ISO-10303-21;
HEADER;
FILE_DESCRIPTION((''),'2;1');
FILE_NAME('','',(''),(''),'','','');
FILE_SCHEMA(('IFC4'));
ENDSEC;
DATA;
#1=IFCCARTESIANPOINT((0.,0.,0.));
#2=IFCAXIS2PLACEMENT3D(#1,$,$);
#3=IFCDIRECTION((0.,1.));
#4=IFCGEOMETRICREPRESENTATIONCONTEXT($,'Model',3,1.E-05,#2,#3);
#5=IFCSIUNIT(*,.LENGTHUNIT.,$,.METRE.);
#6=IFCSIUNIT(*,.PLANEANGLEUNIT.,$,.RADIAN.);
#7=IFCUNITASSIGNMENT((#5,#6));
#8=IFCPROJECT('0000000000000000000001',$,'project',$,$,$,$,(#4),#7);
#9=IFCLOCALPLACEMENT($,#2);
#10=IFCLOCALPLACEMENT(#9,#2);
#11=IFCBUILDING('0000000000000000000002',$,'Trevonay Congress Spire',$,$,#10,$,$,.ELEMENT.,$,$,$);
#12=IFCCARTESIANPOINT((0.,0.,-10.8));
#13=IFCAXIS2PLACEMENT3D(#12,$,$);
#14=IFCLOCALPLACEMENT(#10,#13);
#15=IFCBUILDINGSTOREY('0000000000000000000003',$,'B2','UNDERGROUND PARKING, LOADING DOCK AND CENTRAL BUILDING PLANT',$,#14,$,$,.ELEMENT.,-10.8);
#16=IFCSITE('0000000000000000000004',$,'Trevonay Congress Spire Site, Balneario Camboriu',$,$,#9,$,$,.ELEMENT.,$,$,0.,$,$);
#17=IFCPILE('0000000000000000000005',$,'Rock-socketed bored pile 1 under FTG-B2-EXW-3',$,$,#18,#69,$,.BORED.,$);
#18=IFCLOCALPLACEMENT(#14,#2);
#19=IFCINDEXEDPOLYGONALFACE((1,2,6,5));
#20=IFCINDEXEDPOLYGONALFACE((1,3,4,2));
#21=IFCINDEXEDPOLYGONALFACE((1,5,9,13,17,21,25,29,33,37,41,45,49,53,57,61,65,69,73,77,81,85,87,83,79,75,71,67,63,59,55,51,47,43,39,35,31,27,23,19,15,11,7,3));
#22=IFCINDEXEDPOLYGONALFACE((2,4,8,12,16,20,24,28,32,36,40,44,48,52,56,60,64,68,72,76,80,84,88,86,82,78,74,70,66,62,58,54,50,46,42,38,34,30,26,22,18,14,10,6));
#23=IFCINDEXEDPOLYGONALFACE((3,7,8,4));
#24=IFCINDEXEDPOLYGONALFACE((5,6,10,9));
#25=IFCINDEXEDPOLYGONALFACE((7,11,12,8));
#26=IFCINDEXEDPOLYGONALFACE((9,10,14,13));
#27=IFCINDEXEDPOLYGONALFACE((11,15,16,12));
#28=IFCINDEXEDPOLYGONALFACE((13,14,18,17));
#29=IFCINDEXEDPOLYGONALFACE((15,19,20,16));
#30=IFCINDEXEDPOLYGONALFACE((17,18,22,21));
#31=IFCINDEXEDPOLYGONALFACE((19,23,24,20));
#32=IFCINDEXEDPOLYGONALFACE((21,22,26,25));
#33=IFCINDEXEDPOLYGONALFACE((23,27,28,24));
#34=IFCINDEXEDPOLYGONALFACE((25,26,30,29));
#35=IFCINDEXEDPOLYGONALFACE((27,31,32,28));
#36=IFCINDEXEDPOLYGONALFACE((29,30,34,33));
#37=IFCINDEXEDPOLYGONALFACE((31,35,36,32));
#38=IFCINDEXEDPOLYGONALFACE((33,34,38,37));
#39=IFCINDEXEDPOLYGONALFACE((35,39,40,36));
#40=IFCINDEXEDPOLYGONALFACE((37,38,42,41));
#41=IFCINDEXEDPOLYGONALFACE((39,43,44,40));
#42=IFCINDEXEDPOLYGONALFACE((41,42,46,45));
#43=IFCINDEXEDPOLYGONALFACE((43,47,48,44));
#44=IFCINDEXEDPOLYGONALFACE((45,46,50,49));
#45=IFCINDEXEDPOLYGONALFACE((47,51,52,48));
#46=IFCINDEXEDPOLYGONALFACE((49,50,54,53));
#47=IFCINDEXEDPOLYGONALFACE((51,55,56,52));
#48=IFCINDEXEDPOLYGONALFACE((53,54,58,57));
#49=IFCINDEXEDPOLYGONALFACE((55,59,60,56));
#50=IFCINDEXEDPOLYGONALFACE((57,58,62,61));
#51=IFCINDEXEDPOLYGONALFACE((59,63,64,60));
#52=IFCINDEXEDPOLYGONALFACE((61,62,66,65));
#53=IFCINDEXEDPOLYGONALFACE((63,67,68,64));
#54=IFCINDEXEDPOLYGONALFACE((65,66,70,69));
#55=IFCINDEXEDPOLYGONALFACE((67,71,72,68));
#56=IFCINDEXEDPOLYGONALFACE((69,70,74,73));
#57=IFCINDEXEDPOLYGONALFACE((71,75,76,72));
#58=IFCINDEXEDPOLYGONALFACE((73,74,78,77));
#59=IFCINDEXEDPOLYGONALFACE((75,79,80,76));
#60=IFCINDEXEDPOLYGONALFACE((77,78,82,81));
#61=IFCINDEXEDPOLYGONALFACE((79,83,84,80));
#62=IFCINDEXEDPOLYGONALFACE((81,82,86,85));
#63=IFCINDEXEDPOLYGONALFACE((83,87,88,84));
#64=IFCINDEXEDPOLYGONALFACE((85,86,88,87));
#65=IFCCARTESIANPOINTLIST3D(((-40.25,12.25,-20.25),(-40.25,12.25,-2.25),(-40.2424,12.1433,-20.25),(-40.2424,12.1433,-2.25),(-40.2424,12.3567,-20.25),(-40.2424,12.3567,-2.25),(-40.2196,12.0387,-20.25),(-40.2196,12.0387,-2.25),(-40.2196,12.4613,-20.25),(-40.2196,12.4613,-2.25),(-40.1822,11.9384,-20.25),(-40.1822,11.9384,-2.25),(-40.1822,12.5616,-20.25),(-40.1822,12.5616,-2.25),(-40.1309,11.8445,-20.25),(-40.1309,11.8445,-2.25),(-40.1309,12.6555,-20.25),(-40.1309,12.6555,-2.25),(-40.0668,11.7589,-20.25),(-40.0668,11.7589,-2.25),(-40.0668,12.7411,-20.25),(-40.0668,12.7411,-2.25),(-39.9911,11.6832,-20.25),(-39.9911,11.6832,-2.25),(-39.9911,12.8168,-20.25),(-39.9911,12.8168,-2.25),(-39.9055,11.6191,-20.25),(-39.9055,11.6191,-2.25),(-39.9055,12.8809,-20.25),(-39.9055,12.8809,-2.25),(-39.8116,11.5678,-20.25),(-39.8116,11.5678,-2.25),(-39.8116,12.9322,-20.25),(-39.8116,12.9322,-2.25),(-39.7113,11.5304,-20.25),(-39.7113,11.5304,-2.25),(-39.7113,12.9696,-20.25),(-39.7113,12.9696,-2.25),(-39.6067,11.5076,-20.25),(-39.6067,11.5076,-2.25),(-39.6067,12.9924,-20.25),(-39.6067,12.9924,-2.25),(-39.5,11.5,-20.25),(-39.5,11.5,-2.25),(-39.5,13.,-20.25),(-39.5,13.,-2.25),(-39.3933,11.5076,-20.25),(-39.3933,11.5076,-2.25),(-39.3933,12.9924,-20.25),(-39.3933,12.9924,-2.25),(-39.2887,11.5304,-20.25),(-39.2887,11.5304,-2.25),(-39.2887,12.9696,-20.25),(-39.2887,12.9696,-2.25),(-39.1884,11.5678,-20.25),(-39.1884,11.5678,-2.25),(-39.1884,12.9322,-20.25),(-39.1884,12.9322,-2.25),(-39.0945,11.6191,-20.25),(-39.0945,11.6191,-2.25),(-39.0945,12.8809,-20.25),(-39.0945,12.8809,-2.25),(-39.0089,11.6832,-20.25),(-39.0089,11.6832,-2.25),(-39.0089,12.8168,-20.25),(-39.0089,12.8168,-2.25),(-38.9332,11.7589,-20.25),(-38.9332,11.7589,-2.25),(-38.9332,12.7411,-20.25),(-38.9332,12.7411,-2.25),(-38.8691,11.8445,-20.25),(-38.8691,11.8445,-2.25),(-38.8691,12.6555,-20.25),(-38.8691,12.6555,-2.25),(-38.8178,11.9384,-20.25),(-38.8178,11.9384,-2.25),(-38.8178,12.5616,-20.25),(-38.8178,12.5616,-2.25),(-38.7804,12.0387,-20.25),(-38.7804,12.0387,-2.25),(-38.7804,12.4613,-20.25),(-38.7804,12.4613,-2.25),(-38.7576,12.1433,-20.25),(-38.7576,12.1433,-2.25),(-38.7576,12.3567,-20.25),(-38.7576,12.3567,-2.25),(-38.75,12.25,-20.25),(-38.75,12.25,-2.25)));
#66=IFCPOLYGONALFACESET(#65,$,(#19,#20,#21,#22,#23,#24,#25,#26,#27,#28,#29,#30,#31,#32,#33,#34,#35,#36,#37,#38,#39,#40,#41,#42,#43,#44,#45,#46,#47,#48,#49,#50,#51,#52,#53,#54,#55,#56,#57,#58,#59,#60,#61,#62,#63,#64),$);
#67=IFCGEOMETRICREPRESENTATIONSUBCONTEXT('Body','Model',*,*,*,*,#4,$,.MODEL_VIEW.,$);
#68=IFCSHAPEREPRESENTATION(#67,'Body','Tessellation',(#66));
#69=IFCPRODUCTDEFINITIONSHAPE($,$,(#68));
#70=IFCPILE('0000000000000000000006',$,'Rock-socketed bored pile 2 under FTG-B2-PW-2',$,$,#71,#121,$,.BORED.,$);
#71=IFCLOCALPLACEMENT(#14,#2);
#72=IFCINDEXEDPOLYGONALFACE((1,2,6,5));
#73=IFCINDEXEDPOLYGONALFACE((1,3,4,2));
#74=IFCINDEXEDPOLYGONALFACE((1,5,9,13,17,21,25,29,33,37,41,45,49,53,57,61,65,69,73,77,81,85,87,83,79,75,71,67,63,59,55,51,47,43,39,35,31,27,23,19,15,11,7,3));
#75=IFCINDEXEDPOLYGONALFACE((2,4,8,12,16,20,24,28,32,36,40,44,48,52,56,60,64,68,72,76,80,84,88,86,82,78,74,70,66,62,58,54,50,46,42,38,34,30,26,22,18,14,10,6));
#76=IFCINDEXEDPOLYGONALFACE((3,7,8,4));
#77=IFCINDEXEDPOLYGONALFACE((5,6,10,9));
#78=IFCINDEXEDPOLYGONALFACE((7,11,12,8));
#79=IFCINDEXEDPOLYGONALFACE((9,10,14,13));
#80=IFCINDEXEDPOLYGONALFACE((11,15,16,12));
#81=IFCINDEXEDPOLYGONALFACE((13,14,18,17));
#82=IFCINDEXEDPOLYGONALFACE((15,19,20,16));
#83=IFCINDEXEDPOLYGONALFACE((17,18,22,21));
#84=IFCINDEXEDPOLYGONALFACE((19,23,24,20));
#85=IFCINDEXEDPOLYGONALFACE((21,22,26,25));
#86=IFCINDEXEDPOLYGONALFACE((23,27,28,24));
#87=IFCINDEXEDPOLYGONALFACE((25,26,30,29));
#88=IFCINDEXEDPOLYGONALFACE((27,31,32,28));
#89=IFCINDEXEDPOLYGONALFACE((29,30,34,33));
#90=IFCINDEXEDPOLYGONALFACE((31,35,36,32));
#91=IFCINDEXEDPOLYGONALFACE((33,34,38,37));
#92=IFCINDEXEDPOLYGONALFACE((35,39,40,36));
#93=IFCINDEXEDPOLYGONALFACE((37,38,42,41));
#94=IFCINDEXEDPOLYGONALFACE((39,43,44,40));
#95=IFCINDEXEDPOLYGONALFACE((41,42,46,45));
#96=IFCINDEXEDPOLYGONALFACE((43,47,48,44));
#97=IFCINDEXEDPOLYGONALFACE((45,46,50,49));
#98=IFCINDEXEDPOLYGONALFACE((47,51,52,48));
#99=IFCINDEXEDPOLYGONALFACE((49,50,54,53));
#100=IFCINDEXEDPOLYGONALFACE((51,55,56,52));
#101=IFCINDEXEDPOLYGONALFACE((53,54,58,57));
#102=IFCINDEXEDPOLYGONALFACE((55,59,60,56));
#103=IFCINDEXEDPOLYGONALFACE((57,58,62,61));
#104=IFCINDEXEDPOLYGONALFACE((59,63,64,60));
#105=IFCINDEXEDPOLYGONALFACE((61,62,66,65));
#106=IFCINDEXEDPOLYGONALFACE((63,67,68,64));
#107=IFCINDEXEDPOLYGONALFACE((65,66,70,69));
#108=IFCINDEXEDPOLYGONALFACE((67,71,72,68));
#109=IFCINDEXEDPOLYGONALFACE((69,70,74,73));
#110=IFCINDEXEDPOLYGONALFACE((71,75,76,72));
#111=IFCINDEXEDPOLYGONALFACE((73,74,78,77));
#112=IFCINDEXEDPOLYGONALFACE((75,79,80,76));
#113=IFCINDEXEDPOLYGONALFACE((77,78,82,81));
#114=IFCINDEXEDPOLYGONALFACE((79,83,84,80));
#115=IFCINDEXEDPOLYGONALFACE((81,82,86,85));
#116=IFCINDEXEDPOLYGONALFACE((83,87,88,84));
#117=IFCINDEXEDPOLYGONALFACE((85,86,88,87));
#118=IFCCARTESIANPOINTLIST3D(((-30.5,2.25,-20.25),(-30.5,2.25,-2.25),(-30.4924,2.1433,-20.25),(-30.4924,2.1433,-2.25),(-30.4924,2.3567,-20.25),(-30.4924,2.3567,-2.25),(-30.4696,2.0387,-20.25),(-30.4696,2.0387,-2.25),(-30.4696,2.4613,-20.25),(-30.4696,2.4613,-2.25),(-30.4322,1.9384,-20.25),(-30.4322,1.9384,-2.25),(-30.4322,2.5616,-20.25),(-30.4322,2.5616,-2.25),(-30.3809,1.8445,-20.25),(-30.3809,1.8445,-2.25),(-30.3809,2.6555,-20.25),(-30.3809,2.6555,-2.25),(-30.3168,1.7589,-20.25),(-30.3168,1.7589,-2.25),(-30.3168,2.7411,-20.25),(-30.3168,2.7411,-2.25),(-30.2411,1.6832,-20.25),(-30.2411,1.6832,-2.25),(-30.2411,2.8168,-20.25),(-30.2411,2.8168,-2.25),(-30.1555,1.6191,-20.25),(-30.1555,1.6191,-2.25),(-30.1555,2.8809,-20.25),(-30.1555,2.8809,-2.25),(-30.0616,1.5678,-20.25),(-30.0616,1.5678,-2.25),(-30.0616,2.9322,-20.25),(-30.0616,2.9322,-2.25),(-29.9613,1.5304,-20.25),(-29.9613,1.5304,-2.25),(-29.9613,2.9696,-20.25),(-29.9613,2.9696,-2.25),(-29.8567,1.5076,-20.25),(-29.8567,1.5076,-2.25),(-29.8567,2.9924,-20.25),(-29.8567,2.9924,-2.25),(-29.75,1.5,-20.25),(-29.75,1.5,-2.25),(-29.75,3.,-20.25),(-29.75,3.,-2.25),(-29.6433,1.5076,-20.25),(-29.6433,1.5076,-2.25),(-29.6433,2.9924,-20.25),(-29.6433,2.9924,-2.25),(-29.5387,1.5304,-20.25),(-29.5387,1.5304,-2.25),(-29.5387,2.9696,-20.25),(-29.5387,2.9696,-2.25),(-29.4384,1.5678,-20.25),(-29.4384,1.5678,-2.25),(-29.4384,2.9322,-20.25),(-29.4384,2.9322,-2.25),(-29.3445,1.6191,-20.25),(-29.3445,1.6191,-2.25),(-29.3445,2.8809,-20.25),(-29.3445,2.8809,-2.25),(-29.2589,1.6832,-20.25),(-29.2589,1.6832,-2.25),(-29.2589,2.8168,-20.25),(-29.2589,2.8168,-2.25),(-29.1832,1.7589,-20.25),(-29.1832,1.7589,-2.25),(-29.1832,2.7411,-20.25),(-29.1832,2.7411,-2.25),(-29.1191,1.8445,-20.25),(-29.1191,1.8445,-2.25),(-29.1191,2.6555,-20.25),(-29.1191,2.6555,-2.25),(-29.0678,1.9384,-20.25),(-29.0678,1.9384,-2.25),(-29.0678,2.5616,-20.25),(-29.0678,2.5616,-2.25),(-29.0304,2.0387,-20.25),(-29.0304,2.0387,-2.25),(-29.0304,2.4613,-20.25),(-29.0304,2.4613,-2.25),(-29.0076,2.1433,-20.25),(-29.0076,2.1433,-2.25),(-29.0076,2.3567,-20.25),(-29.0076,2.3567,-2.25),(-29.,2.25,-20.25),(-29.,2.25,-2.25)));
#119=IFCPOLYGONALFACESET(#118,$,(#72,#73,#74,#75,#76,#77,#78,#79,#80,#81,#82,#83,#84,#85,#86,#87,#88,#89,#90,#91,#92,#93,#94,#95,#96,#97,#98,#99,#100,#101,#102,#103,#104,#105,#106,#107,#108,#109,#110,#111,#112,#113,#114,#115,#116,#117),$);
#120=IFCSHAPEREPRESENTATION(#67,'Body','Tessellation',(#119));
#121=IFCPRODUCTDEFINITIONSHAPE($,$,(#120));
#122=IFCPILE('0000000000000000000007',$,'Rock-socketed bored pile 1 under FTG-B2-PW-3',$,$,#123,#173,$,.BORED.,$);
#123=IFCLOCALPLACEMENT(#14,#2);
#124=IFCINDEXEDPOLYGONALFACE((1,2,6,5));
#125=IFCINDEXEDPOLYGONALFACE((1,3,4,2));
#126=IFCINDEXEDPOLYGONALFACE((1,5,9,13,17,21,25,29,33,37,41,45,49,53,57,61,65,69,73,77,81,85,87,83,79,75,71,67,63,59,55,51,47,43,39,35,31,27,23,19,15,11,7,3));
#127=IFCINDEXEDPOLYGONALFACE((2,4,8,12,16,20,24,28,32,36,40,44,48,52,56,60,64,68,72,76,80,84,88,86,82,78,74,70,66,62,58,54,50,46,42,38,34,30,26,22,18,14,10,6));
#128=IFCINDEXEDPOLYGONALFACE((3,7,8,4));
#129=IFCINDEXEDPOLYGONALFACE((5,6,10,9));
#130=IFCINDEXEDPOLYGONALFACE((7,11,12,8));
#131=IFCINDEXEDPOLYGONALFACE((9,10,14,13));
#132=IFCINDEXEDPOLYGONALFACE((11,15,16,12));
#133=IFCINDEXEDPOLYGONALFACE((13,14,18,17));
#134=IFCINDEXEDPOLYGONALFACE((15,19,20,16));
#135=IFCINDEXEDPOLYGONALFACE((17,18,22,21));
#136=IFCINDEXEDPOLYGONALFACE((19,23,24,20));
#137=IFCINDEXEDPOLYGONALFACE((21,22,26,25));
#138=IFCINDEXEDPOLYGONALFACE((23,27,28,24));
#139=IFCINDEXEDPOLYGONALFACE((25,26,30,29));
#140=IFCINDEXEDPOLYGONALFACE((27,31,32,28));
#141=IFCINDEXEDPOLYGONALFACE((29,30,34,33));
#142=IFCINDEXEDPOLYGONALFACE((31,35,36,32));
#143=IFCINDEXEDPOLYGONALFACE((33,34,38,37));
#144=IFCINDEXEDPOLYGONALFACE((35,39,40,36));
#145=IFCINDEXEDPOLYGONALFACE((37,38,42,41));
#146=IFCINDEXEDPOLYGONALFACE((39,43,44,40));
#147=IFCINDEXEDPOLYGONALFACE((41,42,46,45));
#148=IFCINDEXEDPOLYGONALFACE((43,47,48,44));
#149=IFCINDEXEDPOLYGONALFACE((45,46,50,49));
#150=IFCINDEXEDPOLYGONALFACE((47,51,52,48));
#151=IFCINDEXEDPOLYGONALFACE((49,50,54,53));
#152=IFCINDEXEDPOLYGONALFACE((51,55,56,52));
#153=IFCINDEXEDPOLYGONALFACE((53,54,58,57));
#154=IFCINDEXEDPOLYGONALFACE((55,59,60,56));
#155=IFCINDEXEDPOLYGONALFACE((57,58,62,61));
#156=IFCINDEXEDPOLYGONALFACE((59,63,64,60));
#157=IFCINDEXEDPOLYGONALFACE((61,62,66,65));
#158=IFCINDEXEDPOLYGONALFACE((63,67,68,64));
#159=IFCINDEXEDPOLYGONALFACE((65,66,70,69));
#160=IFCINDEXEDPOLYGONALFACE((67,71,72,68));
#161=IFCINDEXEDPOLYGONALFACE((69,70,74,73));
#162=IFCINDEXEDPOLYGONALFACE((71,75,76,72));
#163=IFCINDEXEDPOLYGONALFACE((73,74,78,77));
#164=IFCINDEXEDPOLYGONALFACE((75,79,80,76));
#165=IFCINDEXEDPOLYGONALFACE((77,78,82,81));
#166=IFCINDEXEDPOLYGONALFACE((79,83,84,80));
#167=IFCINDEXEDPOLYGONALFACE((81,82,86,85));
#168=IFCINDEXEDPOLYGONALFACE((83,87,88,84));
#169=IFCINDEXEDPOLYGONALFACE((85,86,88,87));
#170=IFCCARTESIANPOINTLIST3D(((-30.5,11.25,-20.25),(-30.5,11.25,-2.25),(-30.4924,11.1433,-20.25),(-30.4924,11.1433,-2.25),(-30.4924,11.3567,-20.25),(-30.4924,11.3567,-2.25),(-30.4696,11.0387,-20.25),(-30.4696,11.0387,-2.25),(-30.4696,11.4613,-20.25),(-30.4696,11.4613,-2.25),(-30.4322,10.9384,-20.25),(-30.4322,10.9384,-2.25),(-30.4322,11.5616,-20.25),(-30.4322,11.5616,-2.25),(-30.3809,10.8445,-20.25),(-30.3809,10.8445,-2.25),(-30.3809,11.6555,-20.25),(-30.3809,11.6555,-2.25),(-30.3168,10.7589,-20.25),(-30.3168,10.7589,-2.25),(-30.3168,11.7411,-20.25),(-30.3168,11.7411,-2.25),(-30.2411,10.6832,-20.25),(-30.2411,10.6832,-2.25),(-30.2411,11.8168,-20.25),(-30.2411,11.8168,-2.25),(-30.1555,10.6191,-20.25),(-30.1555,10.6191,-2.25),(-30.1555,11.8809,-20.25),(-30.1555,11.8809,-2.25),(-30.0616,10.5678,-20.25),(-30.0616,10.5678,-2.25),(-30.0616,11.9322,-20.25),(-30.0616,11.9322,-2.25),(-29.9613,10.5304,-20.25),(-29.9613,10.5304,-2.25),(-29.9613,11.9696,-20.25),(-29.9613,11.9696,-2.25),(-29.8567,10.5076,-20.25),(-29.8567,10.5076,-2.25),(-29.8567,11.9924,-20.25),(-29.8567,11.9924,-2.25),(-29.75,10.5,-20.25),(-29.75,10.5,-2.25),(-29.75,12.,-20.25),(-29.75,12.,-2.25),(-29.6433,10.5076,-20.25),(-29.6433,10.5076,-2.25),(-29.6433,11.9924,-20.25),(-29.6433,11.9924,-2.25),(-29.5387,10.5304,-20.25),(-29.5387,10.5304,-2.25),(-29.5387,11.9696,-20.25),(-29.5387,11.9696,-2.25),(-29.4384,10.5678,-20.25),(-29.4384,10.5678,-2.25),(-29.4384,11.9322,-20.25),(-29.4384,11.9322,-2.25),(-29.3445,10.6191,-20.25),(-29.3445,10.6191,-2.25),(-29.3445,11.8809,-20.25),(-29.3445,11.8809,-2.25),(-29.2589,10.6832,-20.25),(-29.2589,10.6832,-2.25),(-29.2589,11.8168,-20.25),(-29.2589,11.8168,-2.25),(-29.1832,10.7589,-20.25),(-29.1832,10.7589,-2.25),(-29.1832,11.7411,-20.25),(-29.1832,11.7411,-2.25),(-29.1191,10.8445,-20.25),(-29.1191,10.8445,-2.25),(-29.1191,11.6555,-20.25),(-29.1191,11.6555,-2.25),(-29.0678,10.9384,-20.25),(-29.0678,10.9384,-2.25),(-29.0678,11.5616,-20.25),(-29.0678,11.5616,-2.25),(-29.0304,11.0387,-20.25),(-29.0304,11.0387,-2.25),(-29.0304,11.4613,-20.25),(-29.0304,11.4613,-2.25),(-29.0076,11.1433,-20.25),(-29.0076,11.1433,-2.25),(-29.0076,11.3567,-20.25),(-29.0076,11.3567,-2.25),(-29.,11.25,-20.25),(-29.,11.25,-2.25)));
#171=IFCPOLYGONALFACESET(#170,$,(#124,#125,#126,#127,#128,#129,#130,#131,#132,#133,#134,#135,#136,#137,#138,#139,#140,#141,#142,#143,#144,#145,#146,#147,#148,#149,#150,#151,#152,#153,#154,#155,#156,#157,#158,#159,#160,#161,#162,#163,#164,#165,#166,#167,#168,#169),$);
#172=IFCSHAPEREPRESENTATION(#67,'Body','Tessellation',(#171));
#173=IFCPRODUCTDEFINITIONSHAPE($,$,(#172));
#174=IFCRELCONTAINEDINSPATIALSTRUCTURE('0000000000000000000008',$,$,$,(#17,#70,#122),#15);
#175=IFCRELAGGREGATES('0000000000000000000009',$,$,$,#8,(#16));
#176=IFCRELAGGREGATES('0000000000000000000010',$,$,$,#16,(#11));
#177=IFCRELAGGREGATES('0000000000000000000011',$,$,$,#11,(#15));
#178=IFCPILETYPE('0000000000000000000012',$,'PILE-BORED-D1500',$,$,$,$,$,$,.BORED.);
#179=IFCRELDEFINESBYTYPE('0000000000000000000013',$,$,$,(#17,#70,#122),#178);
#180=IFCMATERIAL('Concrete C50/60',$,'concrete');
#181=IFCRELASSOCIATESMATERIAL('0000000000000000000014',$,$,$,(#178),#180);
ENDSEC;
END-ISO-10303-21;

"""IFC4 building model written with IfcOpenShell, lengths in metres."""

from ifc_helpers import new_model, si_unit, direction, frame, origin, origin_2d, place, context, subcontext, project, spatial, circle, extrude, material, material_profile, profile_set, type_object, element, save


model = new_model("IFC4")

# Units and contexts
model_context = context("Model", 3, precision=1e-05, world=origin(), true_north=direction((0.0, 1.0)))
body_context = subcontext(model_context, "Body", "Model", "MODEL_VIEW")
ifc_project = project(units=[si_unit("LENGTHUNIT", "METRE"), si_unit("PLANEANGLEUNIT", "RADIAN")], contexts=[model_context])

# Site, building, storey
site_placement = place(None, origin())
site = spatial("IfcSite", under=ifc_project, at=site_placement, Name="Trevonay Congress Spire Site, Balneario Camboriu", CompositionType="ELEMENT", RefElevation=0.0)
building_placement = place(site_placement, origin())
building = spatial("IfcBuilding", under=site, at=building_placement, Name="Trevonay Congress Spire", CompositionType="ELEMENT")
storey_placement = place(building_placement, frame((0.0, 0.0, -10.8)))
storey = spatial("IfcBuildingStorey", under=building, at=storey_placement, Name="B2", Description="UNDERGROUND PARKING, LOADING DOCK AND CENTRAL BUILDING PLANT", CompositionType="ELEMENT", Elevation=-10.8)

# Shared definitions
ifc_material_1 = material(Name="Concrete C50/60", Category="concrete")

# Piles
ifc_material_profile_1 = material_profile(ifc_material_1, circle(Radius=0.75, at=origin_2d()), Name="PILE D1500")
ifc_profile_set_1 = profile_set([ifc_material_profile_1], Name="Concrete C50/60")
pile_type = type_object("IfcPileType", Name="PILE-BORED-D1500", PredefinedType="BORED", material=ifc_profile_set_1)
for number, where, z_axis, x_axis, name in (
    (1, (-39.5, 12.25, -2.25), (0.0, 0.0, -1.0), (1.0, 0.0, 0.0), "Rock-socketed bored pile 1 under FTG-B2-EXW-3"),
    (2, (-29.75, 2.25, -2.25), (0.0, 0.0, -1.0), (1.0, 0.0, 0.0), "Rock-socketed bored pile 2 under FTG-B2-PW-2"),
    (3, (-29.75, 11.25, -2.25), (0.0, 0.0, -1.0), (1.0, 0.0, 0.0), "Rock-socketed bored pile 1 under FTG-B2-PW-3"),
):
    element("IfcPile", number, at=place(storey_placement, frame(where, z_axis=z_axis, x_axis=x_axis)), inside=storey, type_object=pile_type, Name=name, PredefinedType="BORED", context=body_context, shape_type="SweptSolid", body=[
        extrude(circle(Radius=0.75, at=origin_2d()), origin(), (0.0, 0.0, 1.0), 18.0),
    ])

save(model, "model.ifc")
